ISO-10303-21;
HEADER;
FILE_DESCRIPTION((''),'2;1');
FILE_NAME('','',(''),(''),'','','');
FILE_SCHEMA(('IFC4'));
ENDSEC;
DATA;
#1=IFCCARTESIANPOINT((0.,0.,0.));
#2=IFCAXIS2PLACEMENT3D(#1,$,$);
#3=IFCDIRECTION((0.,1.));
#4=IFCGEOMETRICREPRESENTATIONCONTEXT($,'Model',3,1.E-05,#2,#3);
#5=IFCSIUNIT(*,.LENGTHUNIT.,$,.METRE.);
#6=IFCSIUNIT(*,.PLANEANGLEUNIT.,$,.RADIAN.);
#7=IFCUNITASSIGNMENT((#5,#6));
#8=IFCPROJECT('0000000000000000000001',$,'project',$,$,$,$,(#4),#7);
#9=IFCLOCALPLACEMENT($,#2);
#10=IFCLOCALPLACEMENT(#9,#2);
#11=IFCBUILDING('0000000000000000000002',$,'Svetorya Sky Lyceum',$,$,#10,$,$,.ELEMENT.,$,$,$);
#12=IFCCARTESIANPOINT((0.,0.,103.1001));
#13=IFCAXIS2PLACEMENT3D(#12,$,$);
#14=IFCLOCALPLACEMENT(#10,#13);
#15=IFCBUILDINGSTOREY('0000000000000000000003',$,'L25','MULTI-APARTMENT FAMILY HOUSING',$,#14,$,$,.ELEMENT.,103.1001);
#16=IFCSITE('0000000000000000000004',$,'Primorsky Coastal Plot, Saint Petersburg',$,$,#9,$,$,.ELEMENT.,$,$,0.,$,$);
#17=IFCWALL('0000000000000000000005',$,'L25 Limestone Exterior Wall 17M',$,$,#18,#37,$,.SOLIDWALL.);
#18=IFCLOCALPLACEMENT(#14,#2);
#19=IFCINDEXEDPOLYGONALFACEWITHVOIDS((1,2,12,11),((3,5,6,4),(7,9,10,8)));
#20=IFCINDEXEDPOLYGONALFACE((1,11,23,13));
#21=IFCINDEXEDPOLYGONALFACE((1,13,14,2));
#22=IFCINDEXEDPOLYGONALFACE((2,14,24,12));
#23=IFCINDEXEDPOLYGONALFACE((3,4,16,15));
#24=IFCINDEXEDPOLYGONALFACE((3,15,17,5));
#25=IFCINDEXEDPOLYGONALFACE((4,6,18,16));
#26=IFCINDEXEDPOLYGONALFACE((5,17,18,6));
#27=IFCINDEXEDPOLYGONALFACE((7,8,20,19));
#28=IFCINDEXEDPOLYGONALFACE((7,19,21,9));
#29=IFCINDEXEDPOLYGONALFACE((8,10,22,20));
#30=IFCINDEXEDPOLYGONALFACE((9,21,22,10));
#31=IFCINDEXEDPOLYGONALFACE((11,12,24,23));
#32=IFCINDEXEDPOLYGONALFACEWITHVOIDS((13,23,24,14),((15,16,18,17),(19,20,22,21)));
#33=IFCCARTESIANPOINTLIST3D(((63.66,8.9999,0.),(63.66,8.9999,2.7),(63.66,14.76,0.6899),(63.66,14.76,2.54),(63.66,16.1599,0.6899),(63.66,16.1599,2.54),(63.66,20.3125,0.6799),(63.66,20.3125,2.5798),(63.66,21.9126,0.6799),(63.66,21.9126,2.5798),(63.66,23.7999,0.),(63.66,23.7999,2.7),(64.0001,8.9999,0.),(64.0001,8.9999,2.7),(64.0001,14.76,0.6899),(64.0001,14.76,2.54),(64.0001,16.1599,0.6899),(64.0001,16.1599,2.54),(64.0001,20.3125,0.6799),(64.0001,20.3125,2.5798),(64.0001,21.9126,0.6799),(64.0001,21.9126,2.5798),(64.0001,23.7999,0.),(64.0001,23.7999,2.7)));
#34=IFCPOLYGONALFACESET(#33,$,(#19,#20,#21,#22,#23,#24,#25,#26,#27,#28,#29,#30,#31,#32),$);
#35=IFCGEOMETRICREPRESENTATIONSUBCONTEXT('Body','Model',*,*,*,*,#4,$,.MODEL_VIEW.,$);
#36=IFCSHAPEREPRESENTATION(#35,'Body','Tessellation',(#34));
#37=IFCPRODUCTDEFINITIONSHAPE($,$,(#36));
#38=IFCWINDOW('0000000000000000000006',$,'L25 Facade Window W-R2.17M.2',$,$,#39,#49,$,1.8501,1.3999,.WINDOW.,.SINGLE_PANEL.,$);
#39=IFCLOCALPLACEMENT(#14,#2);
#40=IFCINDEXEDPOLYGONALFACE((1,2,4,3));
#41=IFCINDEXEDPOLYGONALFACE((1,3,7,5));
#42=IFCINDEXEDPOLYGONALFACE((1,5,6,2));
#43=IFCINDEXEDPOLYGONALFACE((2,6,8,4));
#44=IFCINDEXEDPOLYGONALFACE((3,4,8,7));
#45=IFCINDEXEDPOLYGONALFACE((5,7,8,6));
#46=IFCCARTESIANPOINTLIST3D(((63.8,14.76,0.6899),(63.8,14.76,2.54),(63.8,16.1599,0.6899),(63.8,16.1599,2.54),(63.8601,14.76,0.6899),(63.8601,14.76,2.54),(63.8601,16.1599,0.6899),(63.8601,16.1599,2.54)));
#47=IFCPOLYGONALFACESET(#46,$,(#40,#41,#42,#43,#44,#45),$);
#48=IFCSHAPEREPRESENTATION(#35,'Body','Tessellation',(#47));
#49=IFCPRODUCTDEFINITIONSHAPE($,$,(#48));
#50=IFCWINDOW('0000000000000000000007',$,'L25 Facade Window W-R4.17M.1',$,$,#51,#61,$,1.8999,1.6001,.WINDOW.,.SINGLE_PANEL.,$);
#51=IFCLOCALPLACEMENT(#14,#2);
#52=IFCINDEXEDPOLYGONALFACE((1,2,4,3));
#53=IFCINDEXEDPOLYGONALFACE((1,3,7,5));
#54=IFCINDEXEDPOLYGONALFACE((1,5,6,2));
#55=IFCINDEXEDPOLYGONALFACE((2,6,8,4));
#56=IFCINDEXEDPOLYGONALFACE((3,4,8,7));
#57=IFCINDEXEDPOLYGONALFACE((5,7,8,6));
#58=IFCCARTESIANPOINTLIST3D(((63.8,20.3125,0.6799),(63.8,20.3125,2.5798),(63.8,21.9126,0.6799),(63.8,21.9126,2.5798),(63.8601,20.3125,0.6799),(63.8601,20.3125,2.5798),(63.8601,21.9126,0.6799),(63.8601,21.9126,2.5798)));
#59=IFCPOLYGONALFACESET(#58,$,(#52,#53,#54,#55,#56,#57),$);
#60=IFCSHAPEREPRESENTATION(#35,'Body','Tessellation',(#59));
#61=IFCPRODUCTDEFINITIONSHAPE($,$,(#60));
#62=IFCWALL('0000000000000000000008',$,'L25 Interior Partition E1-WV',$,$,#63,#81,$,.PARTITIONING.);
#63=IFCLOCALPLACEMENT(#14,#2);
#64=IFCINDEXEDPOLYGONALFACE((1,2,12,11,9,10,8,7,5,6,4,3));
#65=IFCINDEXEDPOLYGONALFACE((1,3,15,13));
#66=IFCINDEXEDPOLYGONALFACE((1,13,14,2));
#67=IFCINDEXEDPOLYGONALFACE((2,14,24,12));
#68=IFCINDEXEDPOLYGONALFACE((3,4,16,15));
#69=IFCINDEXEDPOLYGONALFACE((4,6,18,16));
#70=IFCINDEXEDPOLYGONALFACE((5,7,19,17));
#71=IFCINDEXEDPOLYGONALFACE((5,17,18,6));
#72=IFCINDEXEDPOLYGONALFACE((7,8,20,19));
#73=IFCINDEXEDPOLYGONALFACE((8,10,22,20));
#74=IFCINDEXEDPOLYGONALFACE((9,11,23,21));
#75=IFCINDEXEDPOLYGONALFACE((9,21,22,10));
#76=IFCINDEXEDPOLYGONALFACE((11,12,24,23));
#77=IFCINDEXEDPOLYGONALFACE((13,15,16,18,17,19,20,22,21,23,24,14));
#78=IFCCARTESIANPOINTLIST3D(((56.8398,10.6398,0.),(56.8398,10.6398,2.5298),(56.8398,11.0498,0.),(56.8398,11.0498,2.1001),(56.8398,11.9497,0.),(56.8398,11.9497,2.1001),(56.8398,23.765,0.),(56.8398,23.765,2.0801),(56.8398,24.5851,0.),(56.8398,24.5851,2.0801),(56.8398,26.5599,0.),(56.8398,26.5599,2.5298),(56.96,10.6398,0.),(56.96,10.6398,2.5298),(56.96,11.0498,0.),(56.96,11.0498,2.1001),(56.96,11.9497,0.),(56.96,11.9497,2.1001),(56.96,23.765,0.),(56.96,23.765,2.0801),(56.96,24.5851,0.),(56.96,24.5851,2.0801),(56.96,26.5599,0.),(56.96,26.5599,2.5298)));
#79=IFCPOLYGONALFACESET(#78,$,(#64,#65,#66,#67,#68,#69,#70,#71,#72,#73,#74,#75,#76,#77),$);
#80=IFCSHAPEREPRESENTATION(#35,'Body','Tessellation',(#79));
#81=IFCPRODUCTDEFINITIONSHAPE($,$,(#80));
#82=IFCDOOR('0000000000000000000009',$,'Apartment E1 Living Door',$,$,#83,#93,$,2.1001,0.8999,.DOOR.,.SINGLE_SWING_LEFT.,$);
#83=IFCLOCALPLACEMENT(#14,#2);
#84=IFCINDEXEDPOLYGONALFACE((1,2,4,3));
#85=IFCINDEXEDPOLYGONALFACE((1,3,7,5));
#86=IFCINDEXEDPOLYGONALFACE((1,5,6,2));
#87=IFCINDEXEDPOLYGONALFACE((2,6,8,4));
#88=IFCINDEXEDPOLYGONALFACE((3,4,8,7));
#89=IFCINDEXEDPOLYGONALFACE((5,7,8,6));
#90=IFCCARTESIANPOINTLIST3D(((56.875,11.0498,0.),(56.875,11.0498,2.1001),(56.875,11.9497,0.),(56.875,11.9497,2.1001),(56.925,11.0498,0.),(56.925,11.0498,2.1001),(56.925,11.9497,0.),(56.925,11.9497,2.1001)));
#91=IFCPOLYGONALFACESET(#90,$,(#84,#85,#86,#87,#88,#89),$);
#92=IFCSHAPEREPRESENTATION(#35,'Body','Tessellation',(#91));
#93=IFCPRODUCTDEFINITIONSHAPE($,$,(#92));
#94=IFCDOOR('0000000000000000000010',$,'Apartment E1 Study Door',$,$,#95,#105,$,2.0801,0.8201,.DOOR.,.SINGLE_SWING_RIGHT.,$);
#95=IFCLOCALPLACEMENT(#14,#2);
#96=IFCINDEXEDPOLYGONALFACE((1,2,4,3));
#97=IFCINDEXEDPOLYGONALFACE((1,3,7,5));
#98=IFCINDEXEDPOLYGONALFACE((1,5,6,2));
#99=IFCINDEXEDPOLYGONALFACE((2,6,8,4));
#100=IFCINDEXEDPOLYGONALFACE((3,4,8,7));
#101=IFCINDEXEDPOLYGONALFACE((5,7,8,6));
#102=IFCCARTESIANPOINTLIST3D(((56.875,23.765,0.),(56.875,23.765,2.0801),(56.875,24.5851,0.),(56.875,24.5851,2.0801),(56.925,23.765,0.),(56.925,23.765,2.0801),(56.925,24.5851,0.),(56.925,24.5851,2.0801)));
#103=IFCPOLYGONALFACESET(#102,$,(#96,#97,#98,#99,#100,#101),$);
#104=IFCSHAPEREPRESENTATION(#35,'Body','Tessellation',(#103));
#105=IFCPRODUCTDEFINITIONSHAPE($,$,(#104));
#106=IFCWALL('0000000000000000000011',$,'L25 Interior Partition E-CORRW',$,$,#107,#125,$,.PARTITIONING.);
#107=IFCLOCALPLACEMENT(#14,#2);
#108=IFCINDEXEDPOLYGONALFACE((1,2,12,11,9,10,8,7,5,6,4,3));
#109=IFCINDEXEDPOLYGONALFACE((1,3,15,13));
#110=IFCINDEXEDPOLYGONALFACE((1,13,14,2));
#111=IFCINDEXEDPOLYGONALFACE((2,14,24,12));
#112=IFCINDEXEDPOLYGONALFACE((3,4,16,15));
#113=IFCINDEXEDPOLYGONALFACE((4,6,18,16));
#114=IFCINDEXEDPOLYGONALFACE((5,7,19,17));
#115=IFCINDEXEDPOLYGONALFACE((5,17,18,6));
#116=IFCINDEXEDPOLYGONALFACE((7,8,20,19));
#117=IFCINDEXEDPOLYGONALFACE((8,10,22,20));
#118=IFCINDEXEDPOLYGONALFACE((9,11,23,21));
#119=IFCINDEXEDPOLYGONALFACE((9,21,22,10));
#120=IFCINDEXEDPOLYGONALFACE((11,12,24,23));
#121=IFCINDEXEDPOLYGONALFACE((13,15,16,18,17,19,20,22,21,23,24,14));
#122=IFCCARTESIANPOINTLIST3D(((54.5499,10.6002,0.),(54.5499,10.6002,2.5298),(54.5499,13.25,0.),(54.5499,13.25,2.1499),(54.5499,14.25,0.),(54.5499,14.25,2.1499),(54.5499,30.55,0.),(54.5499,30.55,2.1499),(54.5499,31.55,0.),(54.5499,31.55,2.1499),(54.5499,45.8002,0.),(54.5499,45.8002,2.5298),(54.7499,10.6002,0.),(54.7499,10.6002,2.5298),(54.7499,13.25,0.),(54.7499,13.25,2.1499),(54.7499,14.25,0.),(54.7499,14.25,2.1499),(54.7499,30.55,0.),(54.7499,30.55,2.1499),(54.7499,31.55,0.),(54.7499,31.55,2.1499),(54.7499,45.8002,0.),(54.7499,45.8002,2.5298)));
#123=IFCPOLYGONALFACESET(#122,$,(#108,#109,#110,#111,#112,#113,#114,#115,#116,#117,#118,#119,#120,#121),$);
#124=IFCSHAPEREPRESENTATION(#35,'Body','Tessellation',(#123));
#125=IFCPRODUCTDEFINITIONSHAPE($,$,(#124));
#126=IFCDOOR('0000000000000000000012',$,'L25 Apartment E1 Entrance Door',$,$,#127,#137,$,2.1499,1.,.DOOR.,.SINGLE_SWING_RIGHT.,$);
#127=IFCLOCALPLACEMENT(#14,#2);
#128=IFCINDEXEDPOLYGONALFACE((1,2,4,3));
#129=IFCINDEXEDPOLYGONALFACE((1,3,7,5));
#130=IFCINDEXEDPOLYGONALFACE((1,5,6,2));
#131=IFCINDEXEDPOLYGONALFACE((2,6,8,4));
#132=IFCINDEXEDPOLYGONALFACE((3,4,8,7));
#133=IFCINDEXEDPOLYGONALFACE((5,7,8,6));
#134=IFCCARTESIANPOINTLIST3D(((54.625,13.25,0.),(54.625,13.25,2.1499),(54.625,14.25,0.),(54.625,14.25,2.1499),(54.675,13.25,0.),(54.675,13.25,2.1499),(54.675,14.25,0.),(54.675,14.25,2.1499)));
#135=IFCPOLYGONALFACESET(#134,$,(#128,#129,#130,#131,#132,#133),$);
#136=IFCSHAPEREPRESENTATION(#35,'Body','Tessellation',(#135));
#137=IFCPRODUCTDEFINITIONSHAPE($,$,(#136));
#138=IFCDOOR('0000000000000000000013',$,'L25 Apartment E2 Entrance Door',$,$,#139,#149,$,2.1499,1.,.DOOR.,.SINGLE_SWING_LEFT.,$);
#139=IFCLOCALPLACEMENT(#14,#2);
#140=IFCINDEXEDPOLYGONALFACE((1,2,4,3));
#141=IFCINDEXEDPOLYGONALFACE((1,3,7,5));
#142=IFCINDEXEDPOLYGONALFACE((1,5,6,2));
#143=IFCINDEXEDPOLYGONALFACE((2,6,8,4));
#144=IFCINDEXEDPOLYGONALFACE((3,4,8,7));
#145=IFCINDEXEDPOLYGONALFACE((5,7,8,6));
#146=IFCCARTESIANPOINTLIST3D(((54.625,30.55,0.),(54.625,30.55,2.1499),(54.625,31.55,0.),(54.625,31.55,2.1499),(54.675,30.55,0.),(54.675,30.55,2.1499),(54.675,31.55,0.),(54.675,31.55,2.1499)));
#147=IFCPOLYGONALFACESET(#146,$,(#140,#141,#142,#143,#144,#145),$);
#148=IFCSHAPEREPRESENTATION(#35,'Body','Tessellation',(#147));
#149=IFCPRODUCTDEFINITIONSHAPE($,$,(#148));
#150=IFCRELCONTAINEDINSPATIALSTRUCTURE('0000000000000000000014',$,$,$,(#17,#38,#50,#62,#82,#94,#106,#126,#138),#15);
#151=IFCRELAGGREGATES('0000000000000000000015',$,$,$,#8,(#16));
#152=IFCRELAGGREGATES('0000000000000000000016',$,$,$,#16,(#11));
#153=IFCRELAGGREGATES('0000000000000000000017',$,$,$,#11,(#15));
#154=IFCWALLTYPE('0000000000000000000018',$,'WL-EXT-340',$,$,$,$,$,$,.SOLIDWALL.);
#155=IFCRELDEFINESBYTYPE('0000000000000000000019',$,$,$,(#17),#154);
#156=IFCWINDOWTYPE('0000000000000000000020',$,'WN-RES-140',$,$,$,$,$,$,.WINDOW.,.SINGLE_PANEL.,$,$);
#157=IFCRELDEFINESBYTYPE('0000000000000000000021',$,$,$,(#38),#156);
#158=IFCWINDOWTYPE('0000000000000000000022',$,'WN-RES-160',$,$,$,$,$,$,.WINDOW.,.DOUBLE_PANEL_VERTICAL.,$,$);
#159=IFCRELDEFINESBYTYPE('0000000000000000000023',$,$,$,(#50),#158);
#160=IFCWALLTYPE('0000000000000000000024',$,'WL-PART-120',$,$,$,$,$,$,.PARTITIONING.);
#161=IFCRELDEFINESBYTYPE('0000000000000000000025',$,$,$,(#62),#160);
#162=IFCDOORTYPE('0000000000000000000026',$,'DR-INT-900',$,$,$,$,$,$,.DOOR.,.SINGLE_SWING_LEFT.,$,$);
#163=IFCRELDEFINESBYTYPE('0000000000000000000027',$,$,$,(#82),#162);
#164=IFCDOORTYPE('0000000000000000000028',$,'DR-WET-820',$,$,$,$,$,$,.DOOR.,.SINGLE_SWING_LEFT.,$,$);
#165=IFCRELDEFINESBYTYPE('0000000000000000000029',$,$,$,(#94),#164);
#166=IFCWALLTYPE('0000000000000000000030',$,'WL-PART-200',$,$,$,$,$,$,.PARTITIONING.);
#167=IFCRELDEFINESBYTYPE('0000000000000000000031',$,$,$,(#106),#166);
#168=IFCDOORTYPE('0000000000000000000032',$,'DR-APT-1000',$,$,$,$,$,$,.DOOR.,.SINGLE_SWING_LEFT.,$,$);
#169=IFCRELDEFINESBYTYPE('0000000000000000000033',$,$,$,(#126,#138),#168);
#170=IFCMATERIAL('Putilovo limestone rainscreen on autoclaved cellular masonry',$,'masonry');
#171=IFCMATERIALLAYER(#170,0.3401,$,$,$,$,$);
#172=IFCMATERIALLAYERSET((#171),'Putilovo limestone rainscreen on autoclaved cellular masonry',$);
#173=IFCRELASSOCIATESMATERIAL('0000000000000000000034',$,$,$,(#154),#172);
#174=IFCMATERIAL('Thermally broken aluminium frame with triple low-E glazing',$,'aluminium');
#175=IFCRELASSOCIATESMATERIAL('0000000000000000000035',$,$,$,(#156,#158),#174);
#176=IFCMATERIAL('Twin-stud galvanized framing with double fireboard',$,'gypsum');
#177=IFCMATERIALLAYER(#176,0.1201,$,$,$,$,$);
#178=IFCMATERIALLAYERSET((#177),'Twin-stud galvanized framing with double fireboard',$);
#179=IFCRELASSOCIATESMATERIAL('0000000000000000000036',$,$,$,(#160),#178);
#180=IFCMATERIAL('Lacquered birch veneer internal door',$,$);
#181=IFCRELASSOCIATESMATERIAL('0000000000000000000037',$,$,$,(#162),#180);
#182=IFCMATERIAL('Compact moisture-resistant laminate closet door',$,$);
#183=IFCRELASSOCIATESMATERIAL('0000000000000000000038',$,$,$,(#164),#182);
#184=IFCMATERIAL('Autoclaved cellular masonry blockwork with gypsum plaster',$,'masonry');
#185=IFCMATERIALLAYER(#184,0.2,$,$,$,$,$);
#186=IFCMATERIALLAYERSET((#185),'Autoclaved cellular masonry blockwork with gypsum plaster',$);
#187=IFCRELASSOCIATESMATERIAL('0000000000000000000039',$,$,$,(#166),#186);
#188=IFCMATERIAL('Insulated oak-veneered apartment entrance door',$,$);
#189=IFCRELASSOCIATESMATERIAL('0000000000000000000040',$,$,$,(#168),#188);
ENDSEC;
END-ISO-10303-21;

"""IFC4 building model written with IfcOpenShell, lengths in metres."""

from ifc_helpers import new_model, si_unit, direction, frame, frame_2d, origin, place, context, subcontext, project, spatial, rectangle, extrude, material, layer, layer_set, type_object, element, fill, save


model = new_model("IFC4")

# Units and contexts
model_context = context("Model", 3, precision=1e-05, world=origin(), true_north=direction((0.0, 1.0)))
body_context = subcontext(model_context, "Body", "Model", "MODEL_VIEW")
ifc_project = project(units=[si_unit("LENGTHUNIT", "METRE"), si_unit("PLANEANGLEUNIT", "RADIAN")], contexts=[model_context])

# Site, building, storey
site_placement = place(None, origin())
site = spatial("IfcSite", under=ifc_project, at=site_placement, Name="Primorsky Coastal Plot, Saint Petersburg", CompositionType="ELEMENT", RefElevation=0.0)
building_placement = place(site_placement, origin())
building = spatial("IfcBuilding", under=site, at=building_placement, Name="Svetorya Sky Lyceum", CompositionType="ELEMENT")
storey_placement = place(building_placement, frame((0.0, 0.0, 103.1001)))
storey = spatial("IfcBuildingStorey", under=building, at=storey_placement, Name="L25", Description="MULTI-APARTMENT FAMILY HOUSING", CompositionType="ELEMENT", Elevation=103.1001)

# Shared definitions
ifc_material_1 = material(Name="Putilovo limestone rainscreen on autoclaved cellular masonry", Category="masonry")
ifc_layer_1 = layer(ifc_material_1, 0.3401)
ifc_layer_set_1 = layer_set([ifc_layer_1], Name="Putilovo limestone rainscreen on autoclaved cellular masonry")
wall_type_1 = type_object("IfcWallType", Name="WL-EXT-340", PredefinedType="SOLIDWALL", material=ifc_layer_set_1)

# Wall, openings, windows
wall_1_placement = place(storey_placement, frame((63.8301, 9.0, 0.0), z_axis=(0.0, 0.0, 1.0), x_axis=(0.0, 1.0, 0.0)))
wall_1 = element("IfcWall", 1, at=wall_1_placement, inside=storey, type_object=wall_type_1, Name="L25 Limestone Exterior Wall 17M", PredefinedType="SOLIDWALL", context=body_context, shape_type="SweptSolid", body=[
    extrude(rectangle(XDim=14.8, YDim=0.3401, at=frame_2d((7.3999, 0.0))), origin(), (0.0, 0.0, 1.0), 2.7),
])
opening_1_placement = place(wall_1_placement, frame((5.76, 0.0, 0.6899)))
opening_1 = element("IfcOpeningElement", 2, at=opening_1_placement, cuts=wall_1, PredefinedType="OPENING", context=body_context, shape_type="SweptSolid", body=[
    extrude(rectangle(XDim=1.3999, YDim=1.8501, at=frame_2d((0.7, 0.925))), frame((0.0, 0.1799, 0.0), z_axis=(0.0, -1.0, 0.0), x_axis=(1.0, 0.0, 0.0)), (0.0, 0.0, 1.0), 0.3601),
])
opening_2_placement = place(wall_1_placement, frame((11.3125, 0.0, 0.6799)))
opening_2 = element("IfcOpeningElement", 3, at=opening_2_placement, cuts=wall_1, PredefinedType="OPENING", context=body_context, shape_type="SweptSolid", body=[
    extrude(rectangle(XDim=1.6001, YDim=1.8999, at=frame_2d((0.8, 0.95))), frame((0.0, 0.1799, 0.0), z_axis=(0.0, -1.0, 0.0), x_axis=(1.0, 0.0, 0.0)), (0.0, 0.0, 1.0), 0.3601),
])
ifc_material_2 = material(Name="Thermally broken aluminium frame with triple low-E glazing", Category="aluminium")
window_type_1 = type_object("IfcWindowType", Name="WN-RES-140", PartitioningType="SINGLE_PANEL", PredefinedType="WINDOW", material=ifc_material_2)
window_1_placement = place(opening_1_placement, origin())
window_1 = element("IfcWindow", 4, at=window_1_placement, inside=storey, type_object=window_type_1, Name="L25 Facade Window W-R2.17M.2", OverallHeight=1.8501, OverallWidth=1.3999, PartitioningType="SINGLE_PANEL", PredefinedType="WINDOW", context=body_context, shape_type="SweptSolid", body=[
    extrude(rectangle(XDim=1.3999, YDim=1.8501, at=frame_2d((0.7, 0.925))), frame((0.0, 0.03, 0.0), z_axis=(0.0, -1.0, 0.0), x_axis=(1.0, 0.0, 0.0)), (0.0, 0.0, 1.0), 0.0601),
])
fill(opening_1, window_1)
window_type_2 = type_object("IfcWindowType", Name="WN-RES-160", PartitioningType="DOUBLE_PANEL_VERTICAL", PredefinedType="WINDOW", material=ifc_material_2)
window_2_placement = place(opening_2_placement, origin())
window_2 = element("IfcWindow", 5, at=window_2_placement, inside=storey, type_object=window_type_2, Name="L25 Facade Window W-R4.17M.1", OverallHeight=1.8999, OverallWidth=1.6001, PartitioningType="SINGLE_PANEL", PredefinedType="WINDOW", context=body_context, shape_type="SweptSolid", body=[
    extrude(rectangle(XDim=1.6001, YDim=1.8999, at=frame_2d((0.8, 0.95))), frame((0.0, 0.03, 0.0), z_axis=(0.0, -1.0, 0.0), x_axis=(1.0, 0.0, 0.0)), (0.0, 0.0, 1.0), 0.0601),
])
fill(opening_2, window_2)

# Walls, openings, doors
ifc_material_3 = material(Name="Twin-stud galvanized framing with double fireboard", Category="gypsum")
ifc_layer_2 = layer(ifc_material_3, 0.1201)
ifc_layer_set_2 = layer_set([ifc_layer_2], Name="Twin-stud galvanized framing with double fireboard")
wall_type_2 = type_object("IfcWallType", Name="WL-PART-120", PredefinedType="PARTITIONING", material=ifc_layer_set_2)
wall_2_placement = place(storey_placement, frame((56.8999, 10.6399, 0.0), z_axis=(0.0, 0.0, 1.0), x_axis=(0.0, 1.0, 0.0)))
wall_2 = element("IfcWall", 6, at=wall_2_placement, inside=storey, type_object=wall_type_2, Name="L25 Interior Partition E1-WV", PredefinedType="PARTITIONING", context=body_context, shape_type="SweptSolid", body=[
    extrude(rectangle(XDim=15.9202, YDim=0.1201, at=frame_2d((7.96, 0.0))), origin(), (0.0, 0.0, 1.0), 2.5298),
])
opening_3_placement = place(wall_2_placement, frame((0.4099, 0.0, 0.0)))
opening_3 = element("IfcOpeningElement", 7, at=opening_3_placement, cuts=wall_2, PredefinedType="OPENING", context=body_context, shape_type="SweptSolid", body=[
    extrude(rectangle(XDim=0.8999, YDim=2.1001, at=frame_2d((0.45, 1.05))), frame((0.0, 0.0701, 0.0), z_axis=(0.0, -1.0, 0.0), x_axis=(1.0, 0.0, 0.0)), (0.0, 0.0, 1.0), 0.1401),
])
opening_4_placement = place(wall_2_placement, frame((13.125, 0.0, 0.0)))
opening_4 = element("IfcOpeningElement", 8, at=opening_4_placement, cuts=wall_2, PredefinedType="OPENING", context=body_context, shape_type="SweptSolid", body=[
    extrude(rectangle(XDim=0.8201, YDim=2.0801, at=frame_2d((0.4102, 1.04))), frame((0.0, 0.0701, 0.0), z_axis=(0.0, -1.0, 0.0), x_axis=(1.0, 0.0, 0.0)), (0.0, 0.0, 1.0), 0.1401),
])
ifc_material_4 = material(Name="Lacquered birch veneer internal door")
door_type_1 = type_object("IfcDoorType", Name="DR-INT-900", OperationType="SINGLE_SWING_LEFT", PredefinedType="DOOR", material=ifc_material_4)
door_1_placement = place(opening_3_placement, origin())
door_1 = element("IfcDoor", 9, at=door_1_placement, inside=storey, type_object=door_type_1, Name="Apartment E1 Living Door", OperationType="SINGLE_SWING_LEFT", OverallHeight=2.1001, OverallWidth=0.8999, PredefinedType="DOOR", context=body_context, shape_type="SweptSolid", body=[
    extrude(rectangle(XDim=0.8999, YDim=2.1001, at=frame_2d((0.45, 1.05))), frame((0.0, 0.0249, 0.0), z_axis=(0.0, -1.0, 0.0), x_axis=(1.0, 0.0, 0.0)), (0.0, 0.0, 1.0), 0.05),
])
fill(opening_3, door_1)
ifc_material_5 = material(Name="Compact moisture-resistant laminate closet door")
door_type_2 = type_object("IfcDoorType", Name="DR-WET-820", OperationType="SINGLE_SWING_LEFT", PredefinedType="DOOR", material=ifc_material_5)
door_2_placement = place(opening_4_placement, origin())
door_2 = element("IfcDoor", 10, at=door_2_placement, inside=storey, type_object=door_type_2, Name="Apartment E1 Study Door", OperationType="SINGLE_SWING_RIGHT", OverallHeight=2.0801, OverallWidth=0.8201, PredefinedType="DOOR", context=body_context, shape_type="SweptSolid", body=[
    extrude(rectangle(XDim=0.8201, YDim=2.0801, at=frame_2d((0.4102, 1.04))), frame((0.0, 0.0249, 0.0), z_axis=(0.0, -1.0, 0.0), x_axis=(1.0, 0.0, 0.0)), (0.0, 0.0, 1.0), 0.05),
])
fill(opening_4, door_2)
ifc_material_6 = material(Name="Autoclaved cellular masonry blockwork with gypsum plaster", Category="masonry")
ifc_layer_3 = layer(ifc_material_6, 0.2)
ifc_layer_set_3 = layer_set([ifc_layer_3], Name="Autoclaved cellular masonry blockwork with gypsum plaster")
wall_type_3 = type_object("IfcWallType", Name="WL-PART-200", PredefinedType="PARTITIONING", material=ifc_layer_set_3)
wall_3_placement = place(storey_placement, frame((54.6499, 10.6001, 0.0), z_axis=(0.0, 0.0, 1.0), x_axis=(0.0, 1.0, 0.0)))
wall_3 = element("IfcWall", 11, at=wall_3_placement, inside=storey, type_object=wall_type_3, Name="L25 Interior Partition E-CORRW", PredefinedType="PARTITIONING", context=body_context, shape_type="SweptSolid", body=[
    extrude(rectangle(XDim=35.2, YDim=0.2, at=frame_2d((17.6001, 0.0))), origin(), (0.0, 0.0, 1.0), 2.5298),
])
opening_5_placement = place(wall_3_placement, frame((2.6499, 0.0, 0.0)))
opening_5 = element("IfcOpeningElement", 12, at=opening_5_placement, cuts=wall_3, PredefinedType="OPENING", context=body_context, shape_type="SweptSolid", body=[
    extrude(rectangle(XDim=1.0, YDim=2.1499, at=frame_2d((0.5, 1.075))), frame((0.0, 0.1099, 0.0), z_axis=(0.0, -1.0, 0.0), x_axis=(1.0, 0.0, 0.0)), (0.0, 0.0, 1.0), 0.22),
])
opening_6_placement = place(wall_3_placement, frame((19.95, 0.0, 0.0)))
opening_6 = element("IfcOpeningElement", 13, at=opening_6_placement, cuts=wall_3, PredefinedType="OPENING", context=body_context, shape_type="SweptSolid", body=[
    extrude(rectangle(XDim=1.0, YDim=2.1499, at=frame_2d((0.5, 1.075))), frame((0.0, 0.1099, 0.0), z_axis=(0.0, -1.0, 0.0), x_axis=(1.0, 0.0, 0.0)), (0.0, 0.0, 1.0), 0.22),
])
ifc_material_7 = material(Name="Insulated oak-veneered apartment entrance door")
door_type_3 = type_object("IfcDoorType", Name="DR-APT-1000", OperationType="SINGLE_SWING_LEFT", PredefinedType="DOOR", material=ifc_material_7)
door_3_placement = place(opening_5_placement, origin())
door_3 = element("IfcDoor", 14, at=door_3_placement, inside=storey, type_object=door_type_3, Name="L25 Apartment E1 Entrance Door", OperationType="SINGLE_SWING_RIGHT", OverallHeight=2.1499, OverallWidth=1.0, PredefinedType="DOOR", context=body_context, shape_type="SweptSolid", body=[
    extrude(rectangle(XDim=1.0, YDim=2.1499, at=frame_2d((0.5, 1.075))), frame((0.0, 0.0249, 0.0), z_axis=(0.0, -1.0, 0.0), x_axis=(1.0, 0.0, 0.0)), (0.0, 0.0, 1.0), 0.05),
])
fill(opening_5, door_3)
door_4_placement = place(opening_6_placement, origin())
door_4 = element("IfcDoor", 15, at=door_4_placement, inside=storey, type_object=door_type_3, Name="L25 Apartment E2 Entrance Door", OperationType="SINGLE_SWING_LEFT", OverallHeight=2.1499, OverallWidth=1.0, PredefinedType="DOOR", context=body_context, shape_type="SweptSolid", body=[
    extrude(rectangle(XDim=1.0, YDim=2.1499, at=frame_2d((0.5, 1.075))), frame((0.0, 0.0249, 0.0), z_axis=(0.0, -1.0, 0.0), x_axis=(1.0, 0.0, 0.0)), (0.0, 0.0, 1.0), 0.05),
])
fill(opening_6, door_4)

save(model, "model.ifc")
